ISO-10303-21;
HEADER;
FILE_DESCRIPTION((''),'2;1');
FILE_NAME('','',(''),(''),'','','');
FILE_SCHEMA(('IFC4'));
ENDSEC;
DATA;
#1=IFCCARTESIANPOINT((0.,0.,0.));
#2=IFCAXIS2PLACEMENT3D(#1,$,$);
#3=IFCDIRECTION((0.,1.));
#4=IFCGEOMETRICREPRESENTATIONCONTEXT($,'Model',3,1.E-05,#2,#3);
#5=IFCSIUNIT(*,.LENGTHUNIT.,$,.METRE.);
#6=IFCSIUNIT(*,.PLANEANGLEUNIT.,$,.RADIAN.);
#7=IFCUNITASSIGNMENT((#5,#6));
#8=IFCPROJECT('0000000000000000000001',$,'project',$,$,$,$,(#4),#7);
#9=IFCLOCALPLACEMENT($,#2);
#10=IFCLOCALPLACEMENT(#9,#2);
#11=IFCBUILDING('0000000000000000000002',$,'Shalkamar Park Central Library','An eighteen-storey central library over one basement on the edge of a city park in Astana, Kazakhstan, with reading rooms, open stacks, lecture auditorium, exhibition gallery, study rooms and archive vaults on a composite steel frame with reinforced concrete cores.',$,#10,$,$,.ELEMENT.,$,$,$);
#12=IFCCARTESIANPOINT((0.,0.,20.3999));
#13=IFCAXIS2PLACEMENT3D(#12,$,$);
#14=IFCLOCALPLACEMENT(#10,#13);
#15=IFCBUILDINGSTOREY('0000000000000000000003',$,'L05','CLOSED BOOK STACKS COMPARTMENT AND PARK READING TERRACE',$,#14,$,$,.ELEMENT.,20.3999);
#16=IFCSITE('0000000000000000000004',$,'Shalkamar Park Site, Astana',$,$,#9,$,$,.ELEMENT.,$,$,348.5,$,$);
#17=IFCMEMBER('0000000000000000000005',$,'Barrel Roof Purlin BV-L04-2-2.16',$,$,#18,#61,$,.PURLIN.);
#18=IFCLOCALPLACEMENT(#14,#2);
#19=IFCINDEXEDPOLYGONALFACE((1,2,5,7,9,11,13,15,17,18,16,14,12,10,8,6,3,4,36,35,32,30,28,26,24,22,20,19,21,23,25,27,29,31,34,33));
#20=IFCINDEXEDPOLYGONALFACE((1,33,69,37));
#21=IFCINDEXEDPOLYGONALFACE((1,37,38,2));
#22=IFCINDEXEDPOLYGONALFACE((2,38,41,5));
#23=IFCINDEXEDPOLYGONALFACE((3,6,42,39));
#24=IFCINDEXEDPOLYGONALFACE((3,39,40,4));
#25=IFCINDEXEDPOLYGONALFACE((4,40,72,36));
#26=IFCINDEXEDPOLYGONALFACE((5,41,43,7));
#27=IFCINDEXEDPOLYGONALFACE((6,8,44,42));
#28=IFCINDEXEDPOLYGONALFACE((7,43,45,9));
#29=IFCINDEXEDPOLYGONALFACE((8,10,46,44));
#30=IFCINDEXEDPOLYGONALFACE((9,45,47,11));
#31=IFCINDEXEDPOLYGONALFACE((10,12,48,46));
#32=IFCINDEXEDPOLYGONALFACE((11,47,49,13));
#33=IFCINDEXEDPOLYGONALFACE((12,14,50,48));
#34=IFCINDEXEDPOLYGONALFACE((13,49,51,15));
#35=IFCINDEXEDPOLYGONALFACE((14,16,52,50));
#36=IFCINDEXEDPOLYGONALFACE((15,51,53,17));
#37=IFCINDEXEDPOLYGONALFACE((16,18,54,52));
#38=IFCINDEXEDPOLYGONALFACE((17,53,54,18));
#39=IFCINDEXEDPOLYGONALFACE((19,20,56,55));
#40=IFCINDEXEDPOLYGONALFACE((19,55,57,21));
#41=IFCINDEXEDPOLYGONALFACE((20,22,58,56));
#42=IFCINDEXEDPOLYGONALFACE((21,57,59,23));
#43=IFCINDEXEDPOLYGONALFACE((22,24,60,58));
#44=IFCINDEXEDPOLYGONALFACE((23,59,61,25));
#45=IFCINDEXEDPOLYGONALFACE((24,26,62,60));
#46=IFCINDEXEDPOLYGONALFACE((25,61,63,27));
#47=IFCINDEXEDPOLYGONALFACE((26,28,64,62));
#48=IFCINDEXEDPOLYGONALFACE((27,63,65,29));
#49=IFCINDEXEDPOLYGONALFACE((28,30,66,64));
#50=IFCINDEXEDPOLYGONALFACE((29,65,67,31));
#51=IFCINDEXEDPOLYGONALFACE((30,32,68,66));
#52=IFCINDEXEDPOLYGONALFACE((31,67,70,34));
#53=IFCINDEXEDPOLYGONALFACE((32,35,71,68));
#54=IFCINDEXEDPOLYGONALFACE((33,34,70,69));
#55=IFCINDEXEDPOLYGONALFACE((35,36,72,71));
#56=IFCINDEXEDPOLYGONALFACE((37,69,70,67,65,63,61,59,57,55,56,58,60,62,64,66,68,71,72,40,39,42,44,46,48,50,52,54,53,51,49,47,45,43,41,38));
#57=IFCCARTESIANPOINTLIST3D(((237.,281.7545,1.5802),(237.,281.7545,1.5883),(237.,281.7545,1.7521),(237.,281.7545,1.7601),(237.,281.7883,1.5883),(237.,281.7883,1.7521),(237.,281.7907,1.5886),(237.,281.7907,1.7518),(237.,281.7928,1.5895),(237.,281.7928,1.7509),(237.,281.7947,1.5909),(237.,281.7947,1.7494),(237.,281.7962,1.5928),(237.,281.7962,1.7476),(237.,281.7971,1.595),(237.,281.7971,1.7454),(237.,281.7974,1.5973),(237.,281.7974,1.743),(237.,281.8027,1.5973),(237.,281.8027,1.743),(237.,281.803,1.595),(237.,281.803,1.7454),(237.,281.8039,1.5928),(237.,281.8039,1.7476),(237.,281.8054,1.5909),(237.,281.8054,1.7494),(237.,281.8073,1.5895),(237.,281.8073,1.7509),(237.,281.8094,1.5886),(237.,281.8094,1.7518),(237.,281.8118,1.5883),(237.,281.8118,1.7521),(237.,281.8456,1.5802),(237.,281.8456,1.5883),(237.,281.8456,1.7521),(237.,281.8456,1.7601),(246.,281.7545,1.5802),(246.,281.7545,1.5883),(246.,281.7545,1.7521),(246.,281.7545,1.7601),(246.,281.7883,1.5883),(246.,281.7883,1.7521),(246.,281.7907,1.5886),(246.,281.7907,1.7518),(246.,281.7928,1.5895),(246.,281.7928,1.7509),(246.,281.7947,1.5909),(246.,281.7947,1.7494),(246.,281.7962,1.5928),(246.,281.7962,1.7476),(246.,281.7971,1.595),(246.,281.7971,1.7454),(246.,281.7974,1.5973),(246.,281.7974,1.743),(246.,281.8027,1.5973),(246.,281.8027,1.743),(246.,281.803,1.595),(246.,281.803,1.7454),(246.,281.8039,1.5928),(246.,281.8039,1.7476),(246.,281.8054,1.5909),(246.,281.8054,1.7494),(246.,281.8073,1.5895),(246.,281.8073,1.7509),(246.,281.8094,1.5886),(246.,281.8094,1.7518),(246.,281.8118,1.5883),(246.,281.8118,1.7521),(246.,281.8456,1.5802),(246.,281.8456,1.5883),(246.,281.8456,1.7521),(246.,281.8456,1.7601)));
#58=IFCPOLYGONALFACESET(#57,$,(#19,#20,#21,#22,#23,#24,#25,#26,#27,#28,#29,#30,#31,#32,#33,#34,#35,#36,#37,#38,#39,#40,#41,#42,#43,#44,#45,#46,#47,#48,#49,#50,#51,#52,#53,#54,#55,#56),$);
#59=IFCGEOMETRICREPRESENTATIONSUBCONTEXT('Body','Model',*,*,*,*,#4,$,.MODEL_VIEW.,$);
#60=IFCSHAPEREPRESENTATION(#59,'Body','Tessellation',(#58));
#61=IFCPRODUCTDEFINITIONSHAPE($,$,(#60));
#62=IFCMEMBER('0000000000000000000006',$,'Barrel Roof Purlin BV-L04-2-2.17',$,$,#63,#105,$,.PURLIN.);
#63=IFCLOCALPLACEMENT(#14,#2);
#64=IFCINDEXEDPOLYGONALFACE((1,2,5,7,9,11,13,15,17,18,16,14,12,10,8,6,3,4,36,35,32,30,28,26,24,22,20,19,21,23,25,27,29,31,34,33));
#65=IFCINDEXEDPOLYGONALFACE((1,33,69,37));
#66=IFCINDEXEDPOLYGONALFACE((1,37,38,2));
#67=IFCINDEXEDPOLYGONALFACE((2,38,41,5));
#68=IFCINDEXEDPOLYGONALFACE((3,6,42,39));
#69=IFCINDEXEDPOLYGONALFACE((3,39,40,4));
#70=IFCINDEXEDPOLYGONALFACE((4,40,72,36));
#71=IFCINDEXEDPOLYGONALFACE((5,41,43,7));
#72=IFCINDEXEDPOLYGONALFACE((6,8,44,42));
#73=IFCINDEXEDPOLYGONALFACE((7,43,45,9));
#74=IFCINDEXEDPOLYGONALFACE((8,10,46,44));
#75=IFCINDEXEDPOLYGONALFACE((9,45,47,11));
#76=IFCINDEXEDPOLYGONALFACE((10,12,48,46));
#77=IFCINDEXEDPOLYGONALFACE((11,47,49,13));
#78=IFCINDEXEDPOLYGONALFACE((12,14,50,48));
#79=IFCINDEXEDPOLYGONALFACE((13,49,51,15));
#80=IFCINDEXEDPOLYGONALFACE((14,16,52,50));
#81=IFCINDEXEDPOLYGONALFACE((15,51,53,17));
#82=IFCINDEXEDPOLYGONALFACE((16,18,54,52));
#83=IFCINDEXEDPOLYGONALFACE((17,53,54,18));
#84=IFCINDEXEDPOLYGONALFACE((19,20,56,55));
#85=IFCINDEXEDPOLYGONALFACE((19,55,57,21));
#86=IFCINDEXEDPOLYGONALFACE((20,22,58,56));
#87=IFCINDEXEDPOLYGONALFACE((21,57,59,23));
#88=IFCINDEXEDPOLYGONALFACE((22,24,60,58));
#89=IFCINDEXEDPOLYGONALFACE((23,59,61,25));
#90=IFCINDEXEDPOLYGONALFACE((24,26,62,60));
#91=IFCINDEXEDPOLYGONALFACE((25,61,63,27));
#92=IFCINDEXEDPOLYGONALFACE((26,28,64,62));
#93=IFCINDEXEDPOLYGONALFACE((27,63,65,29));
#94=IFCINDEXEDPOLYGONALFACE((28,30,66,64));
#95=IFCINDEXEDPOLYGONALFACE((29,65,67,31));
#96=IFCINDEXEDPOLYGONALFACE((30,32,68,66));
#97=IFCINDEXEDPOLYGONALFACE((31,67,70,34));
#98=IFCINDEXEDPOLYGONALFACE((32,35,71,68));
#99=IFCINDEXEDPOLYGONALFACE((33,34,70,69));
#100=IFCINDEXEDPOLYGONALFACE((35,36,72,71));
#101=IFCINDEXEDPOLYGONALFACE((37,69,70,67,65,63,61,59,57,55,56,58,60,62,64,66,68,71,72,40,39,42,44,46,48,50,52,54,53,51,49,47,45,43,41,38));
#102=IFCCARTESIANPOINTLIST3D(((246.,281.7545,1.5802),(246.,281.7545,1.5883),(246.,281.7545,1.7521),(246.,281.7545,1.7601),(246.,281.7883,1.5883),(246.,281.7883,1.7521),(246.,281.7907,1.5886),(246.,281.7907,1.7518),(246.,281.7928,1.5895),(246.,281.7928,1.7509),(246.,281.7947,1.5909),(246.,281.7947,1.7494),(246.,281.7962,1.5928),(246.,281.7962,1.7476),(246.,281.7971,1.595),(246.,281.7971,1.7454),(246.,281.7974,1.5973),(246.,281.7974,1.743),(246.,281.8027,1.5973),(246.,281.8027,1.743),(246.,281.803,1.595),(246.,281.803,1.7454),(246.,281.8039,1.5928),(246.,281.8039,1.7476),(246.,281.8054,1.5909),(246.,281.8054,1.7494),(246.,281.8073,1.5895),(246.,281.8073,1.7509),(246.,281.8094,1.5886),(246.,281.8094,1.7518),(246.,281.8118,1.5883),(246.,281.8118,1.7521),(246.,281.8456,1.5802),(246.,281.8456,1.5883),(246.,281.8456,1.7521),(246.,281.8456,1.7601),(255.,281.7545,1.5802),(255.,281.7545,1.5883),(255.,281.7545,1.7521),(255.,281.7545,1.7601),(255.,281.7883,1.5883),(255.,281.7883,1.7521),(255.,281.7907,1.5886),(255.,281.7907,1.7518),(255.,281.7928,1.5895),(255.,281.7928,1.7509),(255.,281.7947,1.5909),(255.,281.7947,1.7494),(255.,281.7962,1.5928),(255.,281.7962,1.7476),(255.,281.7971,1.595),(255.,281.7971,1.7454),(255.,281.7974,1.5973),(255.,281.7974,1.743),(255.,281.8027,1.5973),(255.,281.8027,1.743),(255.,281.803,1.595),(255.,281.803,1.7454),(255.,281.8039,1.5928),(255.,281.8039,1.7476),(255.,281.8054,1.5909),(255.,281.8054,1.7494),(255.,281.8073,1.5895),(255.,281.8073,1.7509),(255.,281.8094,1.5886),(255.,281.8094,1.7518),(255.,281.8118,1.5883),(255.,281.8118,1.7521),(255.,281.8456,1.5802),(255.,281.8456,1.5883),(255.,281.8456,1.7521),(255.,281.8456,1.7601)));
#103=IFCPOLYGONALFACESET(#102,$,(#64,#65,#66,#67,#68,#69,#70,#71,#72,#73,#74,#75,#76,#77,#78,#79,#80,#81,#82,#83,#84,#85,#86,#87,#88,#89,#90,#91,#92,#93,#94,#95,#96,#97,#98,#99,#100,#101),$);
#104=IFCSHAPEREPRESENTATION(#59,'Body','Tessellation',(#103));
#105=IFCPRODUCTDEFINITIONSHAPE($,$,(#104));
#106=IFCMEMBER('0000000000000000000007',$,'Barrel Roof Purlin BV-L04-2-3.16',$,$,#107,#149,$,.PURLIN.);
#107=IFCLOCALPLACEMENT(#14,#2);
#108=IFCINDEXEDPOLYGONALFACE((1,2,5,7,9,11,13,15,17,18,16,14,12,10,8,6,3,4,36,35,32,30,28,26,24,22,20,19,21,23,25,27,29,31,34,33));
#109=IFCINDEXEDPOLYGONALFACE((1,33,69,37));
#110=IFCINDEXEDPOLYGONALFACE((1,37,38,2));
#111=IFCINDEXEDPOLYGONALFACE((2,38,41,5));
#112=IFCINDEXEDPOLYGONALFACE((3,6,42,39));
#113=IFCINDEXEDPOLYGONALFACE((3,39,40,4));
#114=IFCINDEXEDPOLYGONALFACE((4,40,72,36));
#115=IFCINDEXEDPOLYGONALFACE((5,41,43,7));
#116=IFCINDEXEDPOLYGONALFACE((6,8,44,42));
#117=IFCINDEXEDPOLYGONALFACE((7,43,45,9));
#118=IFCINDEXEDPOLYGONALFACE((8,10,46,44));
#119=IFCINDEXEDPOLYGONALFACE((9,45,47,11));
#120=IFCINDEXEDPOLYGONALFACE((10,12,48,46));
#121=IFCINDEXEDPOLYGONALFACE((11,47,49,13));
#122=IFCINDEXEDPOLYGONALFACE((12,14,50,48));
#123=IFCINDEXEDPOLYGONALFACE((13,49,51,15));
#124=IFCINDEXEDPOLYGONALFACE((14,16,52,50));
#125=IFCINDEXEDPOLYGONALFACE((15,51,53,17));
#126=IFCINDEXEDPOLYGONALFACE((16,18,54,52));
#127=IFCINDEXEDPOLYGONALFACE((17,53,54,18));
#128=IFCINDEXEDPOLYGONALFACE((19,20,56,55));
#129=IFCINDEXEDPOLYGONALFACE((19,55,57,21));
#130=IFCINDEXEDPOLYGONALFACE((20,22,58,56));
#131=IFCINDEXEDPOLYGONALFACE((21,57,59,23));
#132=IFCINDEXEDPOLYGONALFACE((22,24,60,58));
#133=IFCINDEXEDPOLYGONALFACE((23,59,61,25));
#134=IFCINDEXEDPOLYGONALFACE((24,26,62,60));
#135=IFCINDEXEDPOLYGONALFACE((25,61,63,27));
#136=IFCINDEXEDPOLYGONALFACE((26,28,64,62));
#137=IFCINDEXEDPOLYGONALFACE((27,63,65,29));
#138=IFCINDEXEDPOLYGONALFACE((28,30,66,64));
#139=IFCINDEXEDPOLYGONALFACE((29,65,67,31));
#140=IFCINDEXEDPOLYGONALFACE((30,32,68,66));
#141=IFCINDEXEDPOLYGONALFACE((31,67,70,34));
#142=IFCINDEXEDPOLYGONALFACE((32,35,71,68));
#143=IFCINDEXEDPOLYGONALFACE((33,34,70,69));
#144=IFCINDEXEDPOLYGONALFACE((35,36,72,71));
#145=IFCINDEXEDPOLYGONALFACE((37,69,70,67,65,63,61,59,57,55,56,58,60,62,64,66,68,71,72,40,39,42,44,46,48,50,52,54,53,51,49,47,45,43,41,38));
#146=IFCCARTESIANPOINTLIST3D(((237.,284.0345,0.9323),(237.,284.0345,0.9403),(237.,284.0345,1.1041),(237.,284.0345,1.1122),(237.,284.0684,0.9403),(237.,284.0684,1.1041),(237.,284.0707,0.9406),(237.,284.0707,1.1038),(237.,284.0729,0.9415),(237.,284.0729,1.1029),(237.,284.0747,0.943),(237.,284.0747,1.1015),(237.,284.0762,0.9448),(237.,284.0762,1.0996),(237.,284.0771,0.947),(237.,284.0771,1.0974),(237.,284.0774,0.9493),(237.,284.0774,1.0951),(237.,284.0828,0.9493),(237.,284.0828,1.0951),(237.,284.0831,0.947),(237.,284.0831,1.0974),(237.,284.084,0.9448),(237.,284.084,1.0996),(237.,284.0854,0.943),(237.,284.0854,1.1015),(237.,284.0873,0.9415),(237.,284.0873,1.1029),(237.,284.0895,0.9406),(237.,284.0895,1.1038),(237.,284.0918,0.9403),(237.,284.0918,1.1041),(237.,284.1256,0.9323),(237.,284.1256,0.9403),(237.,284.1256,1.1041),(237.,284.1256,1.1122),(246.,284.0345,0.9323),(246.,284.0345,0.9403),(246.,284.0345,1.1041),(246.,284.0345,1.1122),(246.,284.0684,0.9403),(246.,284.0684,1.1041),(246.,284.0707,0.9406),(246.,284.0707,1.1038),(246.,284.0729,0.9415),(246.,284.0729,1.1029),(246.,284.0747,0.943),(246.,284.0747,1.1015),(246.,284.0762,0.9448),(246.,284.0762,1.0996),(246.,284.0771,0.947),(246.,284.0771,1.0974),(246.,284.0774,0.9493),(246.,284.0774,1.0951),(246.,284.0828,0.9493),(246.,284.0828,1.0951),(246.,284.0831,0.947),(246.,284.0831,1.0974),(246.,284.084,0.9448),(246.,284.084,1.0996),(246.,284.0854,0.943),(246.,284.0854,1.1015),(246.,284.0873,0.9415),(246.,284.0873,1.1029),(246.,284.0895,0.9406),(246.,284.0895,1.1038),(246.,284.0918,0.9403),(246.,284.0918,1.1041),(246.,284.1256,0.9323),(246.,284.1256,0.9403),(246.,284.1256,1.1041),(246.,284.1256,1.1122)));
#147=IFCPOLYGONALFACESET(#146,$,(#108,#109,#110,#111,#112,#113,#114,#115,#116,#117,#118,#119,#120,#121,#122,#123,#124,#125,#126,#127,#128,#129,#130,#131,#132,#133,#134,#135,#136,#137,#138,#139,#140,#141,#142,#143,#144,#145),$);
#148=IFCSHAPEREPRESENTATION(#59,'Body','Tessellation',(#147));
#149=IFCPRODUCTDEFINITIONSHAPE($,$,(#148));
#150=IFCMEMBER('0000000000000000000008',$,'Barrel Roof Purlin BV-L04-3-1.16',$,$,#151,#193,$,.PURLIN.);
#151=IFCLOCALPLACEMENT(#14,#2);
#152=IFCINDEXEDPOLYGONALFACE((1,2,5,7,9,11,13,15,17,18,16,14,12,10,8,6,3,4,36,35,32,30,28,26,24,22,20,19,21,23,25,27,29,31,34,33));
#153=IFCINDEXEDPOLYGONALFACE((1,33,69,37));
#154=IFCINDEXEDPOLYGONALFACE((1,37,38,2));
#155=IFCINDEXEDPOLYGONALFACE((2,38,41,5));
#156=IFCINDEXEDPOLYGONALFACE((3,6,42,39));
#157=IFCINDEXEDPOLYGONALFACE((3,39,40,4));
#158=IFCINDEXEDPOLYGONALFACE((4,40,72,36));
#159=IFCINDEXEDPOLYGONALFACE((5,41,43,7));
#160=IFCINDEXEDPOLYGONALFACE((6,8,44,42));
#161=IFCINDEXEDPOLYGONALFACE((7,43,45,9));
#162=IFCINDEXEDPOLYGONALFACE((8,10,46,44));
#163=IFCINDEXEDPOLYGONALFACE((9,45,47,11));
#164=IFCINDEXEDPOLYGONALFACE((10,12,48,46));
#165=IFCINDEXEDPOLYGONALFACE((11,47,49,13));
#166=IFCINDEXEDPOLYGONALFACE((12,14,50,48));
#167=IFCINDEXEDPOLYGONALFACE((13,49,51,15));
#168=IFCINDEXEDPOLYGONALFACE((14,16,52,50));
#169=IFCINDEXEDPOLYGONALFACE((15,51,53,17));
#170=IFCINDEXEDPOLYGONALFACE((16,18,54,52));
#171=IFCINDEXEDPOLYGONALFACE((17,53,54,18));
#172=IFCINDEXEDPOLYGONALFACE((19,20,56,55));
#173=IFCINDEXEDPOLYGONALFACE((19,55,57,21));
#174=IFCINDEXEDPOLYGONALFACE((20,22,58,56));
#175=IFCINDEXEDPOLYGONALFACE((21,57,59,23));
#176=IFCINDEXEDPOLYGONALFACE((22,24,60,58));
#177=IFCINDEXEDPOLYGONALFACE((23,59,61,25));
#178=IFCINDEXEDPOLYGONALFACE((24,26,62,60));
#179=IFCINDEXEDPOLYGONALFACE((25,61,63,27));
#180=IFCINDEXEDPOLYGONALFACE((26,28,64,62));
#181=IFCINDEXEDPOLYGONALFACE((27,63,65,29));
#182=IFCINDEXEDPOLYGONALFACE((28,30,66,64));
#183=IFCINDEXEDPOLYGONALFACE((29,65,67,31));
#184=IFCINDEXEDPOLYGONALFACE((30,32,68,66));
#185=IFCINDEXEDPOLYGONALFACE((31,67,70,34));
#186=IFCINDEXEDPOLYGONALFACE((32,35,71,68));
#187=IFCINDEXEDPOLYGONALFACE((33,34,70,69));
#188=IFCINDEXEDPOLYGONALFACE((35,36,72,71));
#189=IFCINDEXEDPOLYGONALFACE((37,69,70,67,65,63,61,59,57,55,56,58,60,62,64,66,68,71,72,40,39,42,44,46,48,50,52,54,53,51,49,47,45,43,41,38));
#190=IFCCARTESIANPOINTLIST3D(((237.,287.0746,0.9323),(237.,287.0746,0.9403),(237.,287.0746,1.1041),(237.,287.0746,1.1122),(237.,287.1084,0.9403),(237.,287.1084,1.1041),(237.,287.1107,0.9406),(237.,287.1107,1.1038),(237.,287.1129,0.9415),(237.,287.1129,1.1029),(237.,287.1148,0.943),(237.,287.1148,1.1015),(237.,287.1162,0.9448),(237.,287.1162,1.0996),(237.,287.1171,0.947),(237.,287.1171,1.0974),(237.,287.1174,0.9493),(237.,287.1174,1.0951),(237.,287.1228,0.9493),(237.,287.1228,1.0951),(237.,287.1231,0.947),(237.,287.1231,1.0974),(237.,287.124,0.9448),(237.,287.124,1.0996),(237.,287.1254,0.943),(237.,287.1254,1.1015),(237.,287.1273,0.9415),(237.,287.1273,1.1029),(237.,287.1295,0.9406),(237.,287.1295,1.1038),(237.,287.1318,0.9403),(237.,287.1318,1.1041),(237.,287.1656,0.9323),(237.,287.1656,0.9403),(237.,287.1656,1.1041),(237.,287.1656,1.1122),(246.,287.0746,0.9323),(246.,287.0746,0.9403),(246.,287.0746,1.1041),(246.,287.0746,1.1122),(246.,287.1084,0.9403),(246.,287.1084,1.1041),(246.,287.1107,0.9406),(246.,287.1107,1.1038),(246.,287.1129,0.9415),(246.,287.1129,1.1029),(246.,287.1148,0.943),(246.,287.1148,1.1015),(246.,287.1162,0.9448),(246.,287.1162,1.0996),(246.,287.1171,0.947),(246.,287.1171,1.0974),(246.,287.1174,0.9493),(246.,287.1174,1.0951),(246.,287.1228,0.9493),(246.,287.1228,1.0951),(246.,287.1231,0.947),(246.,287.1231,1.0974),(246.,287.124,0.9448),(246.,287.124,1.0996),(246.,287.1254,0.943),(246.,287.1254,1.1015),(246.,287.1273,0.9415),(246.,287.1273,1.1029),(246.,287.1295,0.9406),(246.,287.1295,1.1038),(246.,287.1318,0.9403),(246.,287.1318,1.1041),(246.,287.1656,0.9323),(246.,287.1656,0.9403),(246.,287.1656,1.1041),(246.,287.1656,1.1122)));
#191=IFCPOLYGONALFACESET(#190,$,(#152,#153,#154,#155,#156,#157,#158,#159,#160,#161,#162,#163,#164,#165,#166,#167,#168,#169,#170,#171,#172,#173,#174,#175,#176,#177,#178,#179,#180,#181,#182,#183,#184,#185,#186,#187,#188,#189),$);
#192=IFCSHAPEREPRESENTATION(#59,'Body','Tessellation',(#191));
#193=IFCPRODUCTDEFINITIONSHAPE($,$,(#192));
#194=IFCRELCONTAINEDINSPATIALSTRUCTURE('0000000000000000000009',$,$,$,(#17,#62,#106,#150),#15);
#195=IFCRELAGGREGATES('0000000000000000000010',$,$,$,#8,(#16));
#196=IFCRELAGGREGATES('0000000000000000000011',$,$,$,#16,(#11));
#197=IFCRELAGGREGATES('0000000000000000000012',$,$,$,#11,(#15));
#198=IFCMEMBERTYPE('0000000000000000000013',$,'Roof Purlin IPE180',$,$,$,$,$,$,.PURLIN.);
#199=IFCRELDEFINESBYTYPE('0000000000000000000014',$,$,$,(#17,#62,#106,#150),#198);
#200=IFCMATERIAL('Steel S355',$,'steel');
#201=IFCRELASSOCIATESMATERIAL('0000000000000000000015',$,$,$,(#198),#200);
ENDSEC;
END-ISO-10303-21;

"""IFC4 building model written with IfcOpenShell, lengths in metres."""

from ifc_helpers import new_model, si_unit, direction, frame, origin, origin_2d, place, context, subcontext, project, spatial, i_section, extrude, material, material_profile, profile_set, type_object, element, save


model = new_model("IFC4")

# Units and contexts
model_context = context("Model", 3, precision=1e-05, world=origin(), true_north=direction((0.0, 1.0)))
body_context = subcontext(model_context, "Body", "Model", "MODEL_VIEW")
ifc_project = project(units=[si_unit("LENGTHUNIT", "METRE"), si_unit("PLANEANGLEUNIT", "RADIAN")], contexts=[model_context])

# Site, building, storey
site_placement = place(None, origin())
site = spatial("IfcSite", under=ifc_project, at=site_placement, Name="Shalkamar Park Site, Astana", CompositionType="ELEMENT", RefElevation=348.5)
building_placement = place(site_placement, origin())
building = spatial("IfcBuilding", under=site, at=building_placement, Name="Shalkamar Park Central Library", Description="An eighteen-storey central library over one basement on the edge of a city park in Astana, Kazakhstan, with reading rooms, open stacks, lecture auditorium, exhibition gallery, study rooms and archive vaults on a composite steel frame with reinforced concrete cores.", CompositionType="ELEMENT")
storey_placement = place(building_placement, frame((0.0, 0.0, 20.3999)))
storey = spatial("IfcBuildingStorey", under=building, at=storey_placement, Name="L05", Description="CLOSED BOOK STACKS COMPARTMENT AND PARK READING TERRACE", CompositionType="ELEMENT", Elevation=20.3999)

# Members
ifc_material = material(Name="Steel S355", Category="steel")
ifc_material_profile_1 = material_profile(ifc_material, i_section(OverallWidth=0.0911, OverallDepth=0.1799, WebThickness=0.0054, FlangeThickness=0.0081, FilletRadius=0.009, at=origin_2d()), Name="IPE 180")
ifc_profile_set_1 = profile_set([ifc_material_profile_1], Name="Steel S355")
member_type_1 = type_object("IfcMemberType", Name="Roof Purlin IPE180", PredefinedType="PURLIN", material=ifc_profile_set_1)
for number, where, z_axis, x_axis, name in (
    (1, (237.0, 281.8, 1.6702), (1.0, 0.0, 0.0), (0.0, 1.0, 0.0), "Barrel Roof Purlin BV-L04-2-2.16"),
    (2, (246.0, 281.8, 1.6702), (1.0, 0.0, 0.0), (0.0, 1.0, 0.0), "Barrel Roof Purlin BV-L04-2-2.17"),
    (3, (237.0, 284.0801, 1.0222), (1.0, 0.0, 0.0), (0.0, 1.0, 0.0), "Barrel Roof Purlin BV-L04-2-3.16"),
    (4, (237.0, 287.1201, 1.0222), (1.0, 0.0, 0.0), (0.0, 1.0, 0.0), "Barrel Roof Purlin BV-L04-3-1.16"),
):
    element("IfcMember", number, at=place(storey_placement, frame(where, z_axis=z_axis, x_axis=x_axis)), inside=storey, type_object=member_type_1, Name=name, PredefinedType="PURLIN", context=body_context, shape_type="SweptSolid", body=[
        extrude(i_section(OverallWidth=0.0911, OverallDepth=0.1799, WebThickness=0.0054, FlangeThickness=0.0081, FilletRadius=0.009, at=origin_2d()), origin(), (0.0, 0.0, 1.0), 9.0),
    ])

save(model, "model.ifc")
